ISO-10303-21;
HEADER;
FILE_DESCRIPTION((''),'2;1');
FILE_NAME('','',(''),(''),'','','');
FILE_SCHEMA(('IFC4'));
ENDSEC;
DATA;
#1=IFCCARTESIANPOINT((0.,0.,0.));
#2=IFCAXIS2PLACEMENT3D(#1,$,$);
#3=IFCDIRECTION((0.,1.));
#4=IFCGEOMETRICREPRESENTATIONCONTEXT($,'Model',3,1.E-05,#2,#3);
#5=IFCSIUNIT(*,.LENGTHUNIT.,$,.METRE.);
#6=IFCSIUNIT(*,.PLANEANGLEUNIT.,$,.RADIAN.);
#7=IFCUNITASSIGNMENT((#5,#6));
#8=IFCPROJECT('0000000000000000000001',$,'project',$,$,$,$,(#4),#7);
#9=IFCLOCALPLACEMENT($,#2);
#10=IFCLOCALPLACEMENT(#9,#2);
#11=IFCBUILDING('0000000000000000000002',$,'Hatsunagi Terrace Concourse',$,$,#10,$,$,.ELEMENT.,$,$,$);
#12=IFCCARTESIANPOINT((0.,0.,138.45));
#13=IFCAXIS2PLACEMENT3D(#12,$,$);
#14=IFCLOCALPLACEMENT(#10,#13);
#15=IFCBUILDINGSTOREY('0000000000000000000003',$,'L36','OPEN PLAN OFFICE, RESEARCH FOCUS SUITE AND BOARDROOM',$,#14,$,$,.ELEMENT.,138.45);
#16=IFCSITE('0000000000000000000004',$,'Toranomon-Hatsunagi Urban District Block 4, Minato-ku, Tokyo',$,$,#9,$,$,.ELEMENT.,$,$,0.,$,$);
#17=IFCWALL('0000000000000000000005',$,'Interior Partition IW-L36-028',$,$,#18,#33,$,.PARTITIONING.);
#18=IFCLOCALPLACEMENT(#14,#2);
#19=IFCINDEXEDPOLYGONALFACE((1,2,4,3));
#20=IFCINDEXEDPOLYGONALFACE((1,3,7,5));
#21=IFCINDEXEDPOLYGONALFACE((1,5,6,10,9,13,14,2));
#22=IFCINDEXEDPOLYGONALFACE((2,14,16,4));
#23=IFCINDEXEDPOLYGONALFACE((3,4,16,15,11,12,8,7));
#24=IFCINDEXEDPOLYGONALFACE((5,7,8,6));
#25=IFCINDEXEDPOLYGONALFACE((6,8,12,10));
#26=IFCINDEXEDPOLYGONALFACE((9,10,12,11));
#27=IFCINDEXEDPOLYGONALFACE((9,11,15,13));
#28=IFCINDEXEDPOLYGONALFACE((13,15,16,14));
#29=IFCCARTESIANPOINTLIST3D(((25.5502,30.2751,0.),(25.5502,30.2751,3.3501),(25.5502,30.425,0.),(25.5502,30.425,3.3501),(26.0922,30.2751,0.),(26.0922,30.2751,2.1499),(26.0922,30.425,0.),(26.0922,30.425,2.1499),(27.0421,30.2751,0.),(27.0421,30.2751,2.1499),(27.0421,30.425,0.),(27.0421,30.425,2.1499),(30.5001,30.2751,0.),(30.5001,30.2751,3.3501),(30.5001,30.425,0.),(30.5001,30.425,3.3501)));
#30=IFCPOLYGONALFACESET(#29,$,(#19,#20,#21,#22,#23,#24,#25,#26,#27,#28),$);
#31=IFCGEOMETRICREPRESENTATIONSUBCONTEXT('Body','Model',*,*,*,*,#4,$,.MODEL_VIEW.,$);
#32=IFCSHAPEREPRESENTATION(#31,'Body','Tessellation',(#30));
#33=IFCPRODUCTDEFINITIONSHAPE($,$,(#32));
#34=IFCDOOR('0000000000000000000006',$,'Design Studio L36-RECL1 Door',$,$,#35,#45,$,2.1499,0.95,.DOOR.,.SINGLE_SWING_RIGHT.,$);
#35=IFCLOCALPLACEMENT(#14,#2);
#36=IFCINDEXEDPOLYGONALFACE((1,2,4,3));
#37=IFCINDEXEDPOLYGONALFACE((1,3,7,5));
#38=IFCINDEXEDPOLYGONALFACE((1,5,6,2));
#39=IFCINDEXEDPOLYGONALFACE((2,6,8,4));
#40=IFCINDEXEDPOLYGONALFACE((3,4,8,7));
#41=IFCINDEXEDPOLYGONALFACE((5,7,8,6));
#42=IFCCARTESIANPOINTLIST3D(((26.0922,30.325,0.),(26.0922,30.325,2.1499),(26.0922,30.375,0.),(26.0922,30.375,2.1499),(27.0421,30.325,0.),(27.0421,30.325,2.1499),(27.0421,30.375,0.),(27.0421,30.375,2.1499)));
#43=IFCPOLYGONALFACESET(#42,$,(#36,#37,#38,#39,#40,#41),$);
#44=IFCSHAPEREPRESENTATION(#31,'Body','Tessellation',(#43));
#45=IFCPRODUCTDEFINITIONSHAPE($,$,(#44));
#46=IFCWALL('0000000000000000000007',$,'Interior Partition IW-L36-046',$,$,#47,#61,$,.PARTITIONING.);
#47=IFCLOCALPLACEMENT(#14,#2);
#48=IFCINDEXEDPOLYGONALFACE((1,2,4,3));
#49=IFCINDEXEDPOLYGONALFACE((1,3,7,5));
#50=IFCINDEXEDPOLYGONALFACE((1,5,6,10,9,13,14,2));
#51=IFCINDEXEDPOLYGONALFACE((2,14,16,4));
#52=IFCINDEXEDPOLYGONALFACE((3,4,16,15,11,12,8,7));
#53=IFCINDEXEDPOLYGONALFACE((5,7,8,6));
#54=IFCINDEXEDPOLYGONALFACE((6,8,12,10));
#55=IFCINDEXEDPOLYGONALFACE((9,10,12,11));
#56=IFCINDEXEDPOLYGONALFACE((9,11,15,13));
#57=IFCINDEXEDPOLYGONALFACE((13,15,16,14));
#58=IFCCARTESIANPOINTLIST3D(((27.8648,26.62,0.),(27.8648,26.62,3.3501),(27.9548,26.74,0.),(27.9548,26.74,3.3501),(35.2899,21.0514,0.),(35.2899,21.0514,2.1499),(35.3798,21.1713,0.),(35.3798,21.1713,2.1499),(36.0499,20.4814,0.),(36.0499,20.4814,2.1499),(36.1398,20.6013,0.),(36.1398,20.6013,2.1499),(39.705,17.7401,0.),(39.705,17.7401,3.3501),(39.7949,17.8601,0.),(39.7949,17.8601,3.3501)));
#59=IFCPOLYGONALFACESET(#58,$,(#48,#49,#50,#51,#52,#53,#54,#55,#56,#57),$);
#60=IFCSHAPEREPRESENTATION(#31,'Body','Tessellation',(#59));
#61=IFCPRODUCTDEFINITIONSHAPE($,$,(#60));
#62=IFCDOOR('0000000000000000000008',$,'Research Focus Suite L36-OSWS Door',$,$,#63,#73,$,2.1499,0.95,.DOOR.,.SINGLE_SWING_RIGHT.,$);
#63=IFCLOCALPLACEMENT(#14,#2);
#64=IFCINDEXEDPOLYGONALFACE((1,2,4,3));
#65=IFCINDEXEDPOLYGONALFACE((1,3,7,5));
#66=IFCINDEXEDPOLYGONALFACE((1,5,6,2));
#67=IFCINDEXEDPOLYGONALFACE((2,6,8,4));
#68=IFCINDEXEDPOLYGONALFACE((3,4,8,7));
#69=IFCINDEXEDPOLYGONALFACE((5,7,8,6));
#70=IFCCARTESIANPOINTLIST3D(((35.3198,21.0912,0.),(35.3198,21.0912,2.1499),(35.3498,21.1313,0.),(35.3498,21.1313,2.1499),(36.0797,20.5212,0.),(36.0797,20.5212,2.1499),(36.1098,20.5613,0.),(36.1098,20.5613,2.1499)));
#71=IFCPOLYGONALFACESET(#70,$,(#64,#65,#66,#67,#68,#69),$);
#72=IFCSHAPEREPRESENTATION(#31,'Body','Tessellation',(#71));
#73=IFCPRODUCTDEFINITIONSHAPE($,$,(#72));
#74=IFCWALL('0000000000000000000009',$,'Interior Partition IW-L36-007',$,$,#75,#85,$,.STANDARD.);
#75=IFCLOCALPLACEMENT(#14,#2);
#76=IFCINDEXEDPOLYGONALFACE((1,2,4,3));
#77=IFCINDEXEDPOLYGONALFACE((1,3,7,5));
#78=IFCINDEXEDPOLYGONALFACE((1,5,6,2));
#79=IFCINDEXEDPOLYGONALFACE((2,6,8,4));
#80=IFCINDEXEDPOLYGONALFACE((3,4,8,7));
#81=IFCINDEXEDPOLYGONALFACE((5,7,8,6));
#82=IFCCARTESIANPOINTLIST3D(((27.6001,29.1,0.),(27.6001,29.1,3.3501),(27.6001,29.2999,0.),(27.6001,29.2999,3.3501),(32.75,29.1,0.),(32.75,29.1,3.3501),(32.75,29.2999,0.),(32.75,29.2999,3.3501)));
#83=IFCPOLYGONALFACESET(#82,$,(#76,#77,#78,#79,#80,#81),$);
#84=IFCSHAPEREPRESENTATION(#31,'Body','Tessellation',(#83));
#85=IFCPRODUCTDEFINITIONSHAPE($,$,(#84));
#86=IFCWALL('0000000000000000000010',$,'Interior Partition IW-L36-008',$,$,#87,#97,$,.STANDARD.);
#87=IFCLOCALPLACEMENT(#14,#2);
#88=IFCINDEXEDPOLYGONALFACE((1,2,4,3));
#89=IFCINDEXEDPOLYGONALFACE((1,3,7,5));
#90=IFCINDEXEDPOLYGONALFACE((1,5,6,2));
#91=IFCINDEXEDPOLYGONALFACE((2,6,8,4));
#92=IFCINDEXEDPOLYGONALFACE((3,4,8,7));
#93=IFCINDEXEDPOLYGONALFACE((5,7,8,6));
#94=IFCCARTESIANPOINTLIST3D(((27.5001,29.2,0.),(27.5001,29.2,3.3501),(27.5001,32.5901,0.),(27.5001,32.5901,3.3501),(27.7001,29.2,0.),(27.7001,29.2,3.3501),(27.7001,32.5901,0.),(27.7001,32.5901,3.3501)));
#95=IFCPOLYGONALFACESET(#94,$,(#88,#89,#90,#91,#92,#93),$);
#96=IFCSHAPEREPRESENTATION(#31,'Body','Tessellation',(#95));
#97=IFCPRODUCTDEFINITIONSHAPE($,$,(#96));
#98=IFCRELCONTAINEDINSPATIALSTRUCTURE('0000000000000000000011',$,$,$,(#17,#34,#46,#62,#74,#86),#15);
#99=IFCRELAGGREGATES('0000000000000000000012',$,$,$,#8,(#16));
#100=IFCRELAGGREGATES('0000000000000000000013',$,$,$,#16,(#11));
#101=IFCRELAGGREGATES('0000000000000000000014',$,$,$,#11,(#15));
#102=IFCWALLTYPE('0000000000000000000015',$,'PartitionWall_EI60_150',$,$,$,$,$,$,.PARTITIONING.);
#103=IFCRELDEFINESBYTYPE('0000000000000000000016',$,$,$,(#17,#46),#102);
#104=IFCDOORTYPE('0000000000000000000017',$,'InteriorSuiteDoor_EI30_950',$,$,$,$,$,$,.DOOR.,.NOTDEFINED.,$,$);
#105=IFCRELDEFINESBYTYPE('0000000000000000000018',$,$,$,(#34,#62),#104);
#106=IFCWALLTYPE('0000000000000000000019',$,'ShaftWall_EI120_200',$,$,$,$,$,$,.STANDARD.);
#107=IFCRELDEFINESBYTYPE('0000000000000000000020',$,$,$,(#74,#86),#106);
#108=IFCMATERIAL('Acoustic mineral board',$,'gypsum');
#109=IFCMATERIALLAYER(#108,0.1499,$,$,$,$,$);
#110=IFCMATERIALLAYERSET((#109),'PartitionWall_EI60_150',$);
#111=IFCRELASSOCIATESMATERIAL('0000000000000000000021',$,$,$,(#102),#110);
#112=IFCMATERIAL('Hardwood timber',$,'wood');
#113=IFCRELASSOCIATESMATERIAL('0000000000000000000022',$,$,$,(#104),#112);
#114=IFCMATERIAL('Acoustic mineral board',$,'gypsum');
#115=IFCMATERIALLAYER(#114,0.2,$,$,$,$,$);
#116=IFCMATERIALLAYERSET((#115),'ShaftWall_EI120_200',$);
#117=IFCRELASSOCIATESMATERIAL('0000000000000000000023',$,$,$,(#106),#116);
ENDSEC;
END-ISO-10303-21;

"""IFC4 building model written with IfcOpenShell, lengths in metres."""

from ifc_helpers import new_model, si_unit, direction, frame, frame_2d, origin, place, context, subcontext, project, spatial, rectangle, extrude, material, layer, layer_set, type_object, element, fill, save


model = new_model("IFC4")

# Units and contexts
model_context = context("Model", 3, precision=1e-05, world=origin(), true_north=direction((0.0, 1.0)))
body_context = subcontext(model_context, "Body", "Model", "MODEL_VIEW")
ifc_project = project(units=[si_unit("LENGTHUNIT", "METRE"), si_unit("PLANEANGLEUNIT", "RADIAN")], contexts=[model_context])

# Site, building, storey
site_placement = place(None, origin())
site = spatial("IfcSite", under=ifc_project, at=site_placement, Name="Toranomon-Hatsunagi Urban District Block 4, Minato-ku, Tokyo", CompositionType="ELEMENT", RefElevation=0.0)
building_placement = place(site_placement, origin())
building = spatial("IfcBuilding", under=site, at=building_placement, Name="Hatsunagi Terrace Concourse", CompositionType="ELEMENT")
storey_placement = place(building_placement, frame((0.0, 0.0, 138.45)))
storey = spatial("IfcBuildingStorey", under=building, at=storey_placement, Name="L36", Description="OPEN PLAN OFFICE, RESEARCH FOCUS SUITE AND BOARDROOM", CompositionType="ELEMENT", Elevation=138.45)

# Walls, openings, doors
ifc_material_1 = material(Name="Acoustic mineral board", Category="gypsum")
ifc_layer_1 = layer(ifc_material_1, 0.1499)
ifc_layer_set_1 = layer_set([ifc_layer_1], Name="PartitionWall_EI60_150")
wall_type_1 = type_object("IfcWallType", Name="PartitionWall_EI60_150", PredefinedType="PARTITIONING", material=ifc_layer_set_1)
wall_1_placement = place(storey_placement, frame((25.55, 30.3501, 0.0), z_axis=(0.0, 0.0, 1.0), x_axis=(1.0, 0.0, 0.0)))
wall_1 = element("IfcWall", 1, at=wall_1_placement, inside=storey, type_object=wall_type_1, Name="Interior Partition IW-L36-028", PredefinedType="PARTITIONING", context=body_context, shape_type="SweptSolid", body=[
    extrude(rectangle(XDim=4.95, YDim=0.1499, at=frame_2d((2.4751, 0.0))), origin(), (0.0, 0.0, 1.0), 3.3501),
])
opening_1_placement = place(wall_1_placement, frame((0.542, 0.0, 0.0)))
opening_1 = element("IfcOpeningElement", 2, at=opening_1_placement, cuts=wall_1, PredefinedType="OPENING", context=body_context, shape_type="SweptSolid", body=[
    extrude(rectangle(XDim=0.95, YDim=2.1499, at=frame_2d((0.4751, 1.075))), frame((0.0, 0.085, 0.0), z_axis=(0.0, -1.0, 0.0), x_axis=(1.0, 0.0, 0.0)), (0.0, 0.0, 1.0), 0.1699),
])
ifc_material_2 = material(Name="Hardwood timber", Category="wood")
door_type = type_object("IfcDoorType", Name="InteriorSuiteDoor_EI30_950", OperationType="NOTDEFINED", PredefinedType="DOOR", material=ifc_material_2)
door_1_placement = place(opening_1_placement, origin())
door_1 = element("IfcDoor", 3, at=door_1_placement, inside=storey, type_object=door_type, Name="Design Studio L36-RECL1 Door", OperationType="SINGLE_SWING_RIGHT", OverallHeight=2.1499, OverallWidth=0.95, PredefinedType="DOOR", context=body_context, shape_type="SweptSolid", body=[
    extrude(rectangle(XDim=0.95, YDim=2.1499, at=frame_2d((0.4751, 1.075))), frame((0.0, 0.0249, 0.0), z_axis=(0.0, -1.0, 0.0), x_axis=(1.0, 0.0, 0.0)), (0.0, 0.0, 1.0), 0.05),
])
fill(opening_1, door_1)
wall_2_placement = place(storey_placement, frame((27.9099, 26.6799, 0.0), z_axis=(0.0, 0.0, 1.0), x_axis=(0.800006, -0.599992, 0.0)))
wall_2 = element("IfcWall", 4, at=wall_2_placement, inside=storey, type_object=wall_type_1, Name="Interior Partition IW-L36-046", PredefinedType="PARTITIONING", context=body_context, shape_type="SweptSolid", body=[
    extrude(rectangle(XDim=14.8, YDim=0.1499, at=frame_2d((7.3999, 0.0))), origin(), (0.0, 0.0, 1.0), 3.3501),
])
opening_2_placement = place(wall_2_placement, frame((9.281, 0.0, 0.0)))
opening_2 = element("IfcOpeningElement", 5, at=opening_2_placement, cuts=wall_2, PredefinedType="OPENING", context=body_context, shape_type="SweptSolid", body=[
    extrude(rectangle(XDim=0.95, YDim=2.1499, at=frame_2d((0.4751, 1.075))), frame((0.0, 0.085, 0.0), z_axis=(0.0, -1.0, 0.0), x_axis=(1.0, 0.0, 0.0)), (0.0, 0.0, 1.0), 0.1699),
])
door_2_placement = place(opening_2_placement, origin())
door_2 = element("IfcDoor", 6, at=door_2_placement, inside=storey, type_object=door_type, Name="Research Focus Suite L36-OSWS Door", OperationType="SINGLE_SWING_RIGHT", OverallHeight=2.1499, OverallWidth=0.95, PredefinedType="DOOR", context=body_context, shape_type="SweptSolid", body=[
    extrude(rectangle(XDim=0.95, YDim=2.1499, at=frame_2d((0.4751, 1.075))), frame((0.0, 0.0249, 0.0), z_axis=(0.0, -1.0, 0.0), x_axis=(1.0, 0.0, 0.0)), (0.0, 0.0, 1.0), 0.05),
])
fill(opening_2, door_2)

# Walls
ifc_material_3 = material(Name="Acoustic mineral board", Category="gypsum")
ifc_layer_2 = layer(ifc_material_3, 0.2)
ifc_layer_set_2 = layer_set([ifc_layer_2], Name="ShaftWall_EI120_200")
wall_type_2 = type_object("IfcWallType", Name="ShaftWall_EI120_200", PredefinedType="STANDARD", material=ifc_layer_set_2)
wall_3_placement = place(storey_placement, frame((27.6001, 29.2, 0.0), z_axis=(0.0, 0.0, 1.0), x_axis=(1.0, 0.0, 0.0)))
element("IfcWall", 7, at=wall_3_placement, inside=storey, type_object=wall_type_2, Name="Interior Partition IW-L36-007", PredefinedType="STANDARD", context=body_context, shape_type="SweptSolid", body=[
    extrude(rectangle(XDim=5.1499, YDim=0.2, at=frame_2d((2.575, 0.0))), origin(), (0.0, 0.0, 1.0), 3.3501),
])
wall_4_placement = place(storey_placement, frame((27.6001, 29.2, 0.0), z_axis=(0.0, 0.0, 1.0), x_axis=(0.0, 1.0, 0.0)))
element("IfcWall", 8, at=wall_4_placement, inside=storey, type_object=wall_type_2, Name="Interior Partition IW-L36-008", PredefinedType="STANDARD", context=body_context, shape_type="SweptSolid", body=[
    extrude(rectangle(XDim=3.3901, YDim=0.2, at=frame_2d((1.6951, 0.0))), origin(), (0.0, 0.0, 1.0), 3.3501),
])

save(model, "model.ifc")
